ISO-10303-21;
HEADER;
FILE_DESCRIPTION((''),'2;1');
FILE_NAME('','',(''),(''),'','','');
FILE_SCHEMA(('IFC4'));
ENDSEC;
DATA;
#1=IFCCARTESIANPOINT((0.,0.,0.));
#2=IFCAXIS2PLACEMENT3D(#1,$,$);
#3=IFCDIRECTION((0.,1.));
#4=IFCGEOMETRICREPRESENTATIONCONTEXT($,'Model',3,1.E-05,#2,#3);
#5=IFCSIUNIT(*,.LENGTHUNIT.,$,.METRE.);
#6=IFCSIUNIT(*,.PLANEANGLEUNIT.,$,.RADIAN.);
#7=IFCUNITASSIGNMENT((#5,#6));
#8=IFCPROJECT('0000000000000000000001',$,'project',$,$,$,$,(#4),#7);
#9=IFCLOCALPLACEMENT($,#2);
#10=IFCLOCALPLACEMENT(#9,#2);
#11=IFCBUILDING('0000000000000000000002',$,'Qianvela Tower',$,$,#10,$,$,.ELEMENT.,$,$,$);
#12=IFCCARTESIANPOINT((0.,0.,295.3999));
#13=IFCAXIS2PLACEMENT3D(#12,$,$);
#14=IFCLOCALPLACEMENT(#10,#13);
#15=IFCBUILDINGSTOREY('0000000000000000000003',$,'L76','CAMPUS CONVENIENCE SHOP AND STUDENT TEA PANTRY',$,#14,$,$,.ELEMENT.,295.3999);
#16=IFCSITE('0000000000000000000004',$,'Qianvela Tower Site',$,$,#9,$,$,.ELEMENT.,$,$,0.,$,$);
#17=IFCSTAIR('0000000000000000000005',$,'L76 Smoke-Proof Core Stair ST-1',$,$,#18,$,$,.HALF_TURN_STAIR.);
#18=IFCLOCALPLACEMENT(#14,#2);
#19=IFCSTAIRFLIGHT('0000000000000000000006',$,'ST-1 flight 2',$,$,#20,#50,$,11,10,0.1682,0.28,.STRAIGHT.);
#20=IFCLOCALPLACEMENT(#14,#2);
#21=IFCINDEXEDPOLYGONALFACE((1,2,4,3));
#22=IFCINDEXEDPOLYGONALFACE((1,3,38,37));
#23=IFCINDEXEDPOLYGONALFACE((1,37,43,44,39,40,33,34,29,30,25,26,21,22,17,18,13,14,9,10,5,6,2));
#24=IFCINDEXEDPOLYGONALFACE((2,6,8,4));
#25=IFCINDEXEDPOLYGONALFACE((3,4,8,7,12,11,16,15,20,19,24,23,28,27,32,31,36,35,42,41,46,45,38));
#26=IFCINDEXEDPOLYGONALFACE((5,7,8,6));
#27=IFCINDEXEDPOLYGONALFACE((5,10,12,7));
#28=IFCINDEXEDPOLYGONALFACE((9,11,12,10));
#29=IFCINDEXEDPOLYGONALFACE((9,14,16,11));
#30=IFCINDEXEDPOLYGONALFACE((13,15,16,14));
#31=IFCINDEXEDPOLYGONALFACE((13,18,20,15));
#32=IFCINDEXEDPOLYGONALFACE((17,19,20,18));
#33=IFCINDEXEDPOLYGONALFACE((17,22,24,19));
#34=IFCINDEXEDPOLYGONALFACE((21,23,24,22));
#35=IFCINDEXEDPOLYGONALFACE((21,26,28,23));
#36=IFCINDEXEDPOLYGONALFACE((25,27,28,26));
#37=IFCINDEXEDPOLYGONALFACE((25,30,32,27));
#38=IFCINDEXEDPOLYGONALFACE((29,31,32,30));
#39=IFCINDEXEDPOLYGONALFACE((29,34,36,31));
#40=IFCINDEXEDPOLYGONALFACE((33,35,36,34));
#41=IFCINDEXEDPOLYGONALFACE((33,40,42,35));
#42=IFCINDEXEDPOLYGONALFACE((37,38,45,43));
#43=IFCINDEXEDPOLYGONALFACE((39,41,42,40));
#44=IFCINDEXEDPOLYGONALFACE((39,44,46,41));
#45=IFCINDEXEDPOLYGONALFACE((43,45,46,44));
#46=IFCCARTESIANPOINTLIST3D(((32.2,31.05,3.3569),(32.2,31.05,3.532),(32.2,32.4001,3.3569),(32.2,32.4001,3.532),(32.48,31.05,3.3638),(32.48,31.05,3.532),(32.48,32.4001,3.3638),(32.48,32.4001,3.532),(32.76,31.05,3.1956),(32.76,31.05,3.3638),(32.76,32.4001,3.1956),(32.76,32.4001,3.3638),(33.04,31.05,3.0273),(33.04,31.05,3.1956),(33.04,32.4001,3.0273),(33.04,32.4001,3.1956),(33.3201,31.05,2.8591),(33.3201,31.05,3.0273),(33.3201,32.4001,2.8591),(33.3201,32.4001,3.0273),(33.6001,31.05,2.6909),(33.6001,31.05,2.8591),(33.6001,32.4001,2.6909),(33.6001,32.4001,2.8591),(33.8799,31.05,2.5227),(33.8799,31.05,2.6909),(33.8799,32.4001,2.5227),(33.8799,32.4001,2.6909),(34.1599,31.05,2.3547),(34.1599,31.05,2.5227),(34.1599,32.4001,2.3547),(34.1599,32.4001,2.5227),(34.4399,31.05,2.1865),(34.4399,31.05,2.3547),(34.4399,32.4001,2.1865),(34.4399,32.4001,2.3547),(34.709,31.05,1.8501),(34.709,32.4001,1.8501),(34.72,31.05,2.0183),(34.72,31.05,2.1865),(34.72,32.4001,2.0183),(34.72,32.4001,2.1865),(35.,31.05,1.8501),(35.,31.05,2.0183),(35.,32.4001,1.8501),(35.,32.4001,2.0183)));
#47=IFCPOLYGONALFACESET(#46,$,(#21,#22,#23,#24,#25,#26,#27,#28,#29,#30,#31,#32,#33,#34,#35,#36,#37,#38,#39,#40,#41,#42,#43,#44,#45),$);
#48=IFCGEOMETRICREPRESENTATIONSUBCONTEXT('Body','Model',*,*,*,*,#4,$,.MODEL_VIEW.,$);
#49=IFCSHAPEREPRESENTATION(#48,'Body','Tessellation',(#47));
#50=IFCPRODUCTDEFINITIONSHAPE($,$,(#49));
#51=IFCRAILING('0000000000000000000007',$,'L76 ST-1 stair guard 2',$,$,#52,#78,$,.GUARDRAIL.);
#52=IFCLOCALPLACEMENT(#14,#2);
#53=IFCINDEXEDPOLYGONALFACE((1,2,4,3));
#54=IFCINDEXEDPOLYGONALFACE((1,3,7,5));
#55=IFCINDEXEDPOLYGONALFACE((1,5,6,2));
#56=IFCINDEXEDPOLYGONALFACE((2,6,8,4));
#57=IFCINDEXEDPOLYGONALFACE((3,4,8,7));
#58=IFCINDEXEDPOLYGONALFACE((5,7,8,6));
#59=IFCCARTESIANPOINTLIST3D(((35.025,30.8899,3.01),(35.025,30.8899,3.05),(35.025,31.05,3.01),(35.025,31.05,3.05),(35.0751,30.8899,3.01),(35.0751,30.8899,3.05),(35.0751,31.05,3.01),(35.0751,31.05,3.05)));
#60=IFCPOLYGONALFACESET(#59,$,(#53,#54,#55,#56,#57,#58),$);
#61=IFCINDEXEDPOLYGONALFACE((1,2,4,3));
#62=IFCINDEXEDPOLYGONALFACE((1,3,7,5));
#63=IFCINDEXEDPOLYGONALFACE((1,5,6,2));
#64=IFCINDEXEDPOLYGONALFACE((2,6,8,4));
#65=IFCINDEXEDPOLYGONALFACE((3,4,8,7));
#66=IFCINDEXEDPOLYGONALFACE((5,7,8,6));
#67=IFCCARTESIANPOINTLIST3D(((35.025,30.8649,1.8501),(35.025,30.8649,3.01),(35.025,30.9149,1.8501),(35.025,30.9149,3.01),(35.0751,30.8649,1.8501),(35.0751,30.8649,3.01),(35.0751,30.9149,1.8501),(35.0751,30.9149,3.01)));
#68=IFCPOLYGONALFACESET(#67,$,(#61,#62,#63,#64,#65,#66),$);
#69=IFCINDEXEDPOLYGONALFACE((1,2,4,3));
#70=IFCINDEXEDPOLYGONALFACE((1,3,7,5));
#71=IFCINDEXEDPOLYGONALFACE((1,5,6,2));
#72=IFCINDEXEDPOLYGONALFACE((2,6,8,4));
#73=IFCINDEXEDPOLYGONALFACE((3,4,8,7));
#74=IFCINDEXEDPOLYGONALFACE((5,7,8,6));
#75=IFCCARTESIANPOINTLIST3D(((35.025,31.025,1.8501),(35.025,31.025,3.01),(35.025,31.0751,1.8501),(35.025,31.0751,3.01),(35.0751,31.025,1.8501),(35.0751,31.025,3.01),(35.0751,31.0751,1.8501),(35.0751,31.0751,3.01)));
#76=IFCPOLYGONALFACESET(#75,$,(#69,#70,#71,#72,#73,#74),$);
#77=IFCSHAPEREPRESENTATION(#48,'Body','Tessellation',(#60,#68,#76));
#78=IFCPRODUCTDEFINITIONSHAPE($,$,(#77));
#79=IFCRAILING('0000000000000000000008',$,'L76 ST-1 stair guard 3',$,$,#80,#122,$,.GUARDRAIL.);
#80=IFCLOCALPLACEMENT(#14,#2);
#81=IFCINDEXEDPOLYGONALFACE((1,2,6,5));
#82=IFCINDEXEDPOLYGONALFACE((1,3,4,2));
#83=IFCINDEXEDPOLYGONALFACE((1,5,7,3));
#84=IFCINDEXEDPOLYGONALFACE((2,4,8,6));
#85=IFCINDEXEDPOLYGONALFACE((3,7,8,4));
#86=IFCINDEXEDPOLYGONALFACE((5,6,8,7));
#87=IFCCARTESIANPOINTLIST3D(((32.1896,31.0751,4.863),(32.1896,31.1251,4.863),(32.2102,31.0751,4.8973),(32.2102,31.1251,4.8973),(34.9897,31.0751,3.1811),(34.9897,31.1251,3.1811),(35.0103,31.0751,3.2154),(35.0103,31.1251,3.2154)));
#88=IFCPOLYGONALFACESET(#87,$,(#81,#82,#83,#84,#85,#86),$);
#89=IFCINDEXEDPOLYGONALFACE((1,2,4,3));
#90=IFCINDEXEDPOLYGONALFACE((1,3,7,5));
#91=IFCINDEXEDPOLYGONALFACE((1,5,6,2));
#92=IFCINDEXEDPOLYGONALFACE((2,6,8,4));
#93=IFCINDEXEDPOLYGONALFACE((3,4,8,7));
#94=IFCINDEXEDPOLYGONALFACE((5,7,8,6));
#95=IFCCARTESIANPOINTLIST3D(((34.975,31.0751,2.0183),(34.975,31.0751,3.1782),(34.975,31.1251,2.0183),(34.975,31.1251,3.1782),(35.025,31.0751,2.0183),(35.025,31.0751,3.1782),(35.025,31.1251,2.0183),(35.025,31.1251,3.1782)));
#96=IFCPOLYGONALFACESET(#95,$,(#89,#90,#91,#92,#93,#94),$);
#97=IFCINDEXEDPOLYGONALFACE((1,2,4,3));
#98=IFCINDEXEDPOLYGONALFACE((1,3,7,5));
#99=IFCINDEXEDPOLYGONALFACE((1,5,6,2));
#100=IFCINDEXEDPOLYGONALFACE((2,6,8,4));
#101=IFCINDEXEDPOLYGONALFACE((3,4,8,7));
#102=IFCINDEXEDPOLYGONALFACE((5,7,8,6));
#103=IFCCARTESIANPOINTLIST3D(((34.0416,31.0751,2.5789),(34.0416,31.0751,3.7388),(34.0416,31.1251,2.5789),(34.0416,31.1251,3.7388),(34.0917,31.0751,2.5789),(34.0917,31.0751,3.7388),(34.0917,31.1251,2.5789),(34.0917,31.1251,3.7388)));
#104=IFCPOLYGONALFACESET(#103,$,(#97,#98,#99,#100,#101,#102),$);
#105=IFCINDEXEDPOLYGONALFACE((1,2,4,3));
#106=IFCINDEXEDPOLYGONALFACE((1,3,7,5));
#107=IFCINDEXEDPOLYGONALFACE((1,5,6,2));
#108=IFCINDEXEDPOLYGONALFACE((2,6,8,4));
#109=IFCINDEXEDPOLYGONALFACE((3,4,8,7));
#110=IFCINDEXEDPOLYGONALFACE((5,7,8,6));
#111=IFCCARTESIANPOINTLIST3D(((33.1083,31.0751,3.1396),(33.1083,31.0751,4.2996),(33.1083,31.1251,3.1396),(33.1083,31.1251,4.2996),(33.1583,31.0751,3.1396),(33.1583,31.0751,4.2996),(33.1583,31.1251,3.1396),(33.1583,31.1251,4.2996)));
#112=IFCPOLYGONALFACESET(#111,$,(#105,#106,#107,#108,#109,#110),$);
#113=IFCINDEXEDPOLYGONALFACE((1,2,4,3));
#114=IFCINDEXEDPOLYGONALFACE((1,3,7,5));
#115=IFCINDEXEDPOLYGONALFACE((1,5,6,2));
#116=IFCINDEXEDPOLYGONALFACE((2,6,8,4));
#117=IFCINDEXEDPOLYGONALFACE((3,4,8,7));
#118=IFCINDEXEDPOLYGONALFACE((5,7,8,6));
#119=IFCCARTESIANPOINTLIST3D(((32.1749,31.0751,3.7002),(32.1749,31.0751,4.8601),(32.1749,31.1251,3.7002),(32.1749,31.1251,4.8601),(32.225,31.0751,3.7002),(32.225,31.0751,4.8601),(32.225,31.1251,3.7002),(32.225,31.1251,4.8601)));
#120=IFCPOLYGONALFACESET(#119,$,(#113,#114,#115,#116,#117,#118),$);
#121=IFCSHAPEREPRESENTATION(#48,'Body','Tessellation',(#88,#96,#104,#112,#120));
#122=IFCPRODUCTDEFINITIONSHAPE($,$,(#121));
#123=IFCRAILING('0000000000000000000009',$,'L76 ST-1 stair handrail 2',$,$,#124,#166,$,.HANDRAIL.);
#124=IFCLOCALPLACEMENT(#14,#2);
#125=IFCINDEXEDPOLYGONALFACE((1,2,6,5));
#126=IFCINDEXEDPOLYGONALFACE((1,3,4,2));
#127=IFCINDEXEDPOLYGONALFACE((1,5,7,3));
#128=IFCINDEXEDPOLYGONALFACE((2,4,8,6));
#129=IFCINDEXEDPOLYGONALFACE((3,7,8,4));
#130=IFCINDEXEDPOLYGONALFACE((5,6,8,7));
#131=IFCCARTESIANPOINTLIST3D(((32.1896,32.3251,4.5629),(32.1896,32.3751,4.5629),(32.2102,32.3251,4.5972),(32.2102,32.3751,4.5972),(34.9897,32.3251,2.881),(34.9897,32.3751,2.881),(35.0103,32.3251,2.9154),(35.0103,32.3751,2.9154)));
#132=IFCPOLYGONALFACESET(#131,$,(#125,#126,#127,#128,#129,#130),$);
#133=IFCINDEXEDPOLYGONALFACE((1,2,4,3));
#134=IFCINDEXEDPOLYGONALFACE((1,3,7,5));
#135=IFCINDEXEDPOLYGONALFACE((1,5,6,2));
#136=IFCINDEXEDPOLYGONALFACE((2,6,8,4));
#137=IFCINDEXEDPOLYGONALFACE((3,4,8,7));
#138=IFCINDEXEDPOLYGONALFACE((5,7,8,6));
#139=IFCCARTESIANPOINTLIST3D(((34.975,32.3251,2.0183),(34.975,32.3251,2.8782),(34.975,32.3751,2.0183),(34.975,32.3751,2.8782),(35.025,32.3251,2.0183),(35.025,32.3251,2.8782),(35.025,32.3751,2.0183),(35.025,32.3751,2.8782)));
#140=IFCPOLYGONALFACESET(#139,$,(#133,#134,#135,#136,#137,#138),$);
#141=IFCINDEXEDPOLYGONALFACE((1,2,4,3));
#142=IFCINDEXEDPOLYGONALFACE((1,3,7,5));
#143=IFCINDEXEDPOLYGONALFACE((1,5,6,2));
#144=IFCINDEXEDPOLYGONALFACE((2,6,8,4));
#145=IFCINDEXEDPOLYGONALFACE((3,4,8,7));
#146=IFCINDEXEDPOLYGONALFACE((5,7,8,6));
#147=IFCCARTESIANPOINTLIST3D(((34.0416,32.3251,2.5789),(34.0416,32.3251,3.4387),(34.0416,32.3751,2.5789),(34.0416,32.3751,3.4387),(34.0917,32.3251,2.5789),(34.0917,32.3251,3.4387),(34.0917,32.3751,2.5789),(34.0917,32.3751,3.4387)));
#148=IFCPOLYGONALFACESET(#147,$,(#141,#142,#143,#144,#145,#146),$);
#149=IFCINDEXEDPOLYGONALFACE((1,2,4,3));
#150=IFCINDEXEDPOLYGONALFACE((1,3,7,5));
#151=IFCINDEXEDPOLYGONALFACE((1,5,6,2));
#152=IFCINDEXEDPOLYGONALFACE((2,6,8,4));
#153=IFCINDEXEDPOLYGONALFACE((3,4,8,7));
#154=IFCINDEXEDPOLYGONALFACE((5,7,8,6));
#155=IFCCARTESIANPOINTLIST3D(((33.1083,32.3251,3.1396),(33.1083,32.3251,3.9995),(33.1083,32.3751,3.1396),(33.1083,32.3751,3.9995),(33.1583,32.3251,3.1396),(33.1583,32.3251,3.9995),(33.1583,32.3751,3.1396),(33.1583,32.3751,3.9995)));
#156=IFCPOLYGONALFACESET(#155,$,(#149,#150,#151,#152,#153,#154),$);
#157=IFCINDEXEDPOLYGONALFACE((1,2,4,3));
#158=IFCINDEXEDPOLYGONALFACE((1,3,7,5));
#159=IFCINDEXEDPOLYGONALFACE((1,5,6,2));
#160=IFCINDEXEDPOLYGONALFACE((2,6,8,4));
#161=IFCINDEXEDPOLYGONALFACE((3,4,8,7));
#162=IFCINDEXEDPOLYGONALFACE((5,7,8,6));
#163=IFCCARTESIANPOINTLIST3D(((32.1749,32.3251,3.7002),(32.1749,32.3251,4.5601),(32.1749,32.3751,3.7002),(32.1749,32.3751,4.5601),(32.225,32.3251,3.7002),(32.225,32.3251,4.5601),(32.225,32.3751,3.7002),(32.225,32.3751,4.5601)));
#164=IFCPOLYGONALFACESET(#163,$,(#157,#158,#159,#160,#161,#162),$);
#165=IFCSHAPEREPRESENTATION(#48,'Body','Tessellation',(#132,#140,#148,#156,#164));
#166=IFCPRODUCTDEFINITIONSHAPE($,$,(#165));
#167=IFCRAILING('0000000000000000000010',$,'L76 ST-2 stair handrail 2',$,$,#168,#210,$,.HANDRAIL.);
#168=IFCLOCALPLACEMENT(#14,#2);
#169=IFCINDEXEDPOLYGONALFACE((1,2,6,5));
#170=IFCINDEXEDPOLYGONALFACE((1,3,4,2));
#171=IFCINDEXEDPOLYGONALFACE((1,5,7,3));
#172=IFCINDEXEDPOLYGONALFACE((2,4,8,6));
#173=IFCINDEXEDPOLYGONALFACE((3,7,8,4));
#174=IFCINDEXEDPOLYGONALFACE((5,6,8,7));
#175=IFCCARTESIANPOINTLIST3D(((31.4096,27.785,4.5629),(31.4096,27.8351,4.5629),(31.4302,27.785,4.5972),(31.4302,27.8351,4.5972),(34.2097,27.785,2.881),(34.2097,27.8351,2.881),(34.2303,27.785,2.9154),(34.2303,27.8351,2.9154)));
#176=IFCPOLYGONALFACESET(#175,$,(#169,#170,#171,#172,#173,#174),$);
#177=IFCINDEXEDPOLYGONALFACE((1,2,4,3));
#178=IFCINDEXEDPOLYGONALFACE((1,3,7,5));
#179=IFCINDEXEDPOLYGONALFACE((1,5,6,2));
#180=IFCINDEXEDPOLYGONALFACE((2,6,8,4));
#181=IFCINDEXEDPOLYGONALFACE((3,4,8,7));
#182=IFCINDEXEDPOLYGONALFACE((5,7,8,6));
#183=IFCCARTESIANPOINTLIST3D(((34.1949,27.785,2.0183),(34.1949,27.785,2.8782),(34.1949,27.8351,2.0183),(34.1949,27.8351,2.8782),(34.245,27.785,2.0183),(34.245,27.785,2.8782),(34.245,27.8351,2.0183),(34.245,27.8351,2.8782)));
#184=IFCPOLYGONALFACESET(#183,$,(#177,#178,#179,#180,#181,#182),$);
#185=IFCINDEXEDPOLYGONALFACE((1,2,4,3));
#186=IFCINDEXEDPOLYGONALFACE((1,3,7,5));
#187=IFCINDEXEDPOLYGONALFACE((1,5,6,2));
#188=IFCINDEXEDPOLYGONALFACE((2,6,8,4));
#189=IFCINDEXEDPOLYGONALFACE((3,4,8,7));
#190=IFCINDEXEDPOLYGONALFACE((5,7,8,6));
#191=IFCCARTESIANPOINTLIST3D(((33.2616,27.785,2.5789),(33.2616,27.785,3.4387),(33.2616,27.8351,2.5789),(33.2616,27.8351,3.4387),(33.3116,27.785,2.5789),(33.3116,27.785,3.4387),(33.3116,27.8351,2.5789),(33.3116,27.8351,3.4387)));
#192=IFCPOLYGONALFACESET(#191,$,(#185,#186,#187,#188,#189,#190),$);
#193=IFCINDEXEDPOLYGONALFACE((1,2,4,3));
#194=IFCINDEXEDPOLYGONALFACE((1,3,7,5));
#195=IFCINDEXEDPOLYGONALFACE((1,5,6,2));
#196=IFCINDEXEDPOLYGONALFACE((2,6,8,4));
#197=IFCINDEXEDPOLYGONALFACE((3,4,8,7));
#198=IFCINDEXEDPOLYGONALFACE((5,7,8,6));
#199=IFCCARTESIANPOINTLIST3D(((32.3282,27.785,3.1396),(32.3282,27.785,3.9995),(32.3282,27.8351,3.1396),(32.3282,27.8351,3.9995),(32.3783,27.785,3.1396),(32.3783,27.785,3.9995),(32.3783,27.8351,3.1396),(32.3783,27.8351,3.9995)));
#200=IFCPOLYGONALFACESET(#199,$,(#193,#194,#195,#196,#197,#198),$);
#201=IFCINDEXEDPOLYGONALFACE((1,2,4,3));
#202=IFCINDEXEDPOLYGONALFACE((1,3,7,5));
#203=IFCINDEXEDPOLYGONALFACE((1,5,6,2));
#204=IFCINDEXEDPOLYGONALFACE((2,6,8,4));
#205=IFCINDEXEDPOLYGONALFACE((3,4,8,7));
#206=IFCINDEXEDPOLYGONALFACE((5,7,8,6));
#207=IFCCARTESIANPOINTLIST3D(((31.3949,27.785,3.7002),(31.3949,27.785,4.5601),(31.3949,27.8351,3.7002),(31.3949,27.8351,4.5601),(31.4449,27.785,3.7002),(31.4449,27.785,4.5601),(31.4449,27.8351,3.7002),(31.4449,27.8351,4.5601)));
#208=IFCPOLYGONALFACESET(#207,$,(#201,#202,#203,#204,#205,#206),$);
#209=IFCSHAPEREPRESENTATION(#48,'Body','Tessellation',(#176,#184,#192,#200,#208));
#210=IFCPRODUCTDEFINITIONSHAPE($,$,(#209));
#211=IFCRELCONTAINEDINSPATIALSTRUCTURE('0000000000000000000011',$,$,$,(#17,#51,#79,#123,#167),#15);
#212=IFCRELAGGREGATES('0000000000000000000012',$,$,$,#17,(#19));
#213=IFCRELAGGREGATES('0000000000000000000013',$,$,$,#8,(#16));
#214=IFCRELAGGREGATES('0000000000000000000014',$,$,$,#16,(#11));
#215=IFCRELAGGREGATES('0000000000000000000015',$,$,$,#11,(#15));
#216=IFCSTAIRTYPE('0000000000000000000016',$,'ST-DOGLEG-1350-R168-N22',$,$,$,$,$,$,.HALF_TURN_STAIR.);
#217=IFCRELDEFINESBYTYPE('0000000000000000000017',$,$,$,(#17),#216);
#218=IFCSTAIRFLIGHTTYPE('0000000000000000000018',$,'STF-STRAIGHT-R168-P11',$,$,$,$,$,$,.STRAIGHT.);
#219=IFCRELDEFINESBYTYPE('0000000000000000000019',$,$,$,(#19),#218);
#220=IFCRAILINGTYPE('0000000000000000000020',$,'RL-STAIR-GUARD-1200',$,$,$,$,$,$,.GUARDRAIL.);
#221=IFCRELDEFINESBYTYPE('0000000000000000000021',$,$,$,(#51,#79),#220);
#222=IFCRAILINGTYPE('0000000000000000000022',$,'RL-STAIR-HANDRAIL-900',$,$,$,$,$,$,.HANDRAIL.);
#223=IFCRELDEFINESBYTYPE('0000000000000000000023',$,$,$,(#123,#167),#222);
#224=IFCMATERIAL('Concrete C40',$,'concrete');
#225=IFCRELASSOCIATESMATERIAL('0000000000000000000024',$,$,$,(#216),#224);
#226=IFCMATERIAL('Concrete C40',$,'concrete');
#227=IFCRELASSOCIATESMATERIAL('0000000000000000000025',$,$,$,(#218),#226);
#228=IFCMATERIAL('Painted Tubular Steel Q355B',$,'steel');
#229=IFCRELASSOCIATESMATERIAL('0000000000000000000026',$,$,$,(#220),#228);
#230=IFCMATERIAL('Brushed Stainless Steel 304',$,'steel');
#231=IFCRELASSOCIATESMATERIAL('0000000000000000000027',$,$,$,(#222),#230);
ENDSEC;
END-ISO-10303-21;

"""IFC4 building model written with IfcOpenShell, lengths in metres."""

from ifc_helpers import new_model, si_unit, direction, frame, origin, origin_2d, place, context, subcontext, project, spatial, polyline, rectangle, outline, extrude, material, type_object, element, aggregate, save


model = new_model("IFC4")

# Units and contexts
model_context = context("Model", 3, precision=1e-05, world=origin(), true_north=direction((0.0, 1.0)))
body_context = subcontext(model_context, "Body", "Model", "MODEL_VIEW")
ifc_project = project(units=[si_unit("LENGTHUNIT", "METRE"), si_unit("PLANEANGLEUNIT", "RADIAN")], contexts=[model_context])

# Site, building, storey
site_placement = place(None, origin())
site = spatial("IfcSite", under=ifc_project, at=site_placement, Name="Qianvela Tower Site", CompositionType="ELEMENT", RefElevation=0.0)
building_placement = place(site_placement, origin())
building = spatial("IfcBuilding", under=site, at=building_placement, Name="Qianvela Tower", CompositionType="ELEMENT")
storey_placement = place(building_placement, frame((0.0, 0.0, 295.3999)))
storey = spatial("IfcBuildingStorey", under=building, at=storey_placement, Name="L76", Description="CAMPUS CONVENIENCE SHOP AND STUDENT TEA PANTRY", CompositionType="ELEMENT", Elevation=295.3999)

# Stair, stair flight
ifc_material_1 = material(Name="Concrete C40", Category="concrete")
stair_type = type_object("IfcStairType", Name="ST-DOGLEG-1350-R168-N22", PredefinedType="HALF_TURN_STAIR", material=ifc_material_1)
stair_placement = place(storey_placement, origin())
stair = element("IfcStair", 1, at=stair_placement, inside=storey, type_object=stair_type, Name="L76 Smoke-Proof Core Stair ST-1", PredefinedType="HALF_TURN_STAIR")
ifc_material_2 = material(Name="Concrete C40", Category="concrete")
stair_flight_type = type_object("IfcStairFlightType", Name="STF-STRAIGHT-R168-P11", PredefinedType="STRAIGHT", material=ifc_material_2)
stair_flight_placement = place(storey_placement, frame((35.0, 31.7251, 1.8501), z_axis=(0.0, 0.0, 1.0), x_axis=(-1.0, 0.0, 0.0)))
stair_flight = element("IfcStairFlight", 2, at=stair_flight_placement, type_object=stair_flight_type, Name="ST-1 flight 2", NumberOfRisers=11, NumberOfTreads=10, PredefinedType="STRAIGHT", RiserHeight=0.1682, TreadLength=0.28, context=body_context, shape_type="SweptSolid", body=[
    extrude(outline(polyline([(0.0, 0.0), (0.0, 0.1682), (0.28, 0.1682), (0.28, 0.3364), (0.5601, 0.3364), (0.5601, 0.5046), (0.8401, 0.5046), (0.8401, 0.6726), (1.1201, 0.6726), (1.1201, 0.8408), (1.3999, 0.8408), (1.3999, 1.009), (1.6799, 1.009), (1.6799, 1.1772), (1.96, 1.1772), (1.96, 1.3455), (2.24, 1.3455), (2.24, 1.5137), (2.52, 1.5137), (2.52, 1.6819), (2.8, 1.6819), (2.8, 1.8501), (2.8, 1.5068), (0.291, 0.0), (0.0, 0.0)])), frame((0.0, 0.675, 0.0), z_axis=(0.0, -1.0, 0.0), x_axis=(1.0, 0.0, 0.0)), (0.0, 0.0, 1.0), 1.3501),
])
aggregate(stair, [stair_flight])

# Railings
ifc_material_3 = material(Name="Painted Tubular Steel Q355B", Category="steel")
railing_type_1 = type_object("IfcRailingType", Name="RL-STAIR-GUARD-1200", PredefinedType="GUARDRAIL", material=ifc_material_3)
railing_1_placement = place(storey_placement, frame((35.05, 30.8899, 1.8501)))
element("IfcRailing", 3, at=railing_1_placement, inside=storey, type_object=railing_type_1, Name="L76 ST-1 stair guard 2", PredefinedType="GUARDRAIL", context=body_context, shape_type="SweptSolid", body=[
    extrude(rectangle(XDim=0.05, YDim=0.04, at=origin_2d()), frame((0.0, 0.0, 1.1799), z_axis=(0.0, 1.0, 0.0), x_axis=(-1.0, 0.0, 0.0)), (0.0, 0.0, 1.0), 0.1602),
    extrude(rectangle(XDim=0.05, YDim=0.05, at=origin_2d()), origin(), (0.0, 0.0, 1.0), 1.1599),
    extrude(rectangle(XDim=0.05, YDim=0.05, at=origin_2d()), frame((0.0, 0.1602, 0.0)), (0.0, 0.0, 1.0), 1.1599),
])
railing_2_placement = place(storey_placement, frame((35.0, 31.1001, 2.0183)))
element("IfcRailing", 4, at=railing_2_placement, inside=storey, type_object=railing_type_1, Name="L76 ST-1 stair guard 3", PredefinedType="GUARDRAIL", context=body_context, shape_type="SweptSolid", body=[
    extrude(rectangle(XDim=0.05, YDim=0.04, at=origin_2d()), frame((0.0, 0.0, 1.1799), z_axis=(-0.857242, 0.0, 0.514913), x_axis=(0.0, -1.0, 0.0)), (0.0, 0.0, 1.0), 3.2664),
    extrude(rectangle(XDim=0.05, YDim=0.05, at=origin_2d()), origin(), (0.0, 0.0, 1.0), 1.1599),
    extrude(rectangle(XDim=0.05, YDim=0.05, at=origin_2d()), frame((-0.9333, 0.0, 0.5605)), (0.0, 0.0, 1.0), 1.1599),
    extrude(rectangle(XDim=0.05, YDim=0.05, at=origin_2d()), frame((-1.8667, 0.0, 1.1213)), (0.0, 0.0, 1.0), 1.1599),
    extrude(rectangle(XDim=0.05, YDim=0.05, at=origin_2d()), frame((-2.8, 0.0, 1.6819)), (0.0, 0.0, 1.0), 1.1599),
])
ifc_material_4 = material(Name="Brushed Stainless Steel 304", Category="steel")
railing_type_2 = type_object("IfcRailingType", Name="RL-STAIR-HANDRAIL-900", PredefinedType="HANDRAIL", material=ifc_material_4)
for number, where, name in (
    (5, (35.0, 32.3501, 2.0183), "L76 ST-1 stair handrail 2"),
    (6, (34.22, 27.8101, 2.0183), "L76 ST-2 stair handrail 2"),
):
    element("IfcRailing", number, at=place(storey_placement, frame(where)), inside=storey, type_object=railing_type_2, Name=name, PredefinedType="HANDRAIL", context=body_context, shape_type="SweptSolid", body=[
        extrude(rectangle(XDim=0.05, YDim=0.04, at=origin_2d()), frame((0.0, 0.0, 0.8799), z_axis=(-0.857242, 0.0, 0.514913), x_axis=(0.0, -1.0, 0.0)), (0.0, 0.0, 1.0), 3.2664),
        extrude(rectangle(XDim=0.05, YDim=0.05, at=origin_2d()), origin(), (0.0, 0.0, 1.0), 0.8599),
        extrude(rectangle(XDim=0.05, YDim=0.05, at=origin_2d()), frame((-0.9333, 0.0, 0.5605)), (0.0, 0.0, 1.0), 0.8599),
        extrude(rectangle(XDim=0.05, YDim=0.05, at=origin_2d()), frame((-1.8667, 0.0, 1.1213)), (0.0, 0.0, 1.0), 0.8599),
        extrude(rectangle(XDim=0.05, YDim=0.05, at=origin_2d()), frame((-2.8, 0.0, 1.6819)), (0.0, 0.0, 1.0), 0.8599),
    ])

save(model, "model.ifc")
